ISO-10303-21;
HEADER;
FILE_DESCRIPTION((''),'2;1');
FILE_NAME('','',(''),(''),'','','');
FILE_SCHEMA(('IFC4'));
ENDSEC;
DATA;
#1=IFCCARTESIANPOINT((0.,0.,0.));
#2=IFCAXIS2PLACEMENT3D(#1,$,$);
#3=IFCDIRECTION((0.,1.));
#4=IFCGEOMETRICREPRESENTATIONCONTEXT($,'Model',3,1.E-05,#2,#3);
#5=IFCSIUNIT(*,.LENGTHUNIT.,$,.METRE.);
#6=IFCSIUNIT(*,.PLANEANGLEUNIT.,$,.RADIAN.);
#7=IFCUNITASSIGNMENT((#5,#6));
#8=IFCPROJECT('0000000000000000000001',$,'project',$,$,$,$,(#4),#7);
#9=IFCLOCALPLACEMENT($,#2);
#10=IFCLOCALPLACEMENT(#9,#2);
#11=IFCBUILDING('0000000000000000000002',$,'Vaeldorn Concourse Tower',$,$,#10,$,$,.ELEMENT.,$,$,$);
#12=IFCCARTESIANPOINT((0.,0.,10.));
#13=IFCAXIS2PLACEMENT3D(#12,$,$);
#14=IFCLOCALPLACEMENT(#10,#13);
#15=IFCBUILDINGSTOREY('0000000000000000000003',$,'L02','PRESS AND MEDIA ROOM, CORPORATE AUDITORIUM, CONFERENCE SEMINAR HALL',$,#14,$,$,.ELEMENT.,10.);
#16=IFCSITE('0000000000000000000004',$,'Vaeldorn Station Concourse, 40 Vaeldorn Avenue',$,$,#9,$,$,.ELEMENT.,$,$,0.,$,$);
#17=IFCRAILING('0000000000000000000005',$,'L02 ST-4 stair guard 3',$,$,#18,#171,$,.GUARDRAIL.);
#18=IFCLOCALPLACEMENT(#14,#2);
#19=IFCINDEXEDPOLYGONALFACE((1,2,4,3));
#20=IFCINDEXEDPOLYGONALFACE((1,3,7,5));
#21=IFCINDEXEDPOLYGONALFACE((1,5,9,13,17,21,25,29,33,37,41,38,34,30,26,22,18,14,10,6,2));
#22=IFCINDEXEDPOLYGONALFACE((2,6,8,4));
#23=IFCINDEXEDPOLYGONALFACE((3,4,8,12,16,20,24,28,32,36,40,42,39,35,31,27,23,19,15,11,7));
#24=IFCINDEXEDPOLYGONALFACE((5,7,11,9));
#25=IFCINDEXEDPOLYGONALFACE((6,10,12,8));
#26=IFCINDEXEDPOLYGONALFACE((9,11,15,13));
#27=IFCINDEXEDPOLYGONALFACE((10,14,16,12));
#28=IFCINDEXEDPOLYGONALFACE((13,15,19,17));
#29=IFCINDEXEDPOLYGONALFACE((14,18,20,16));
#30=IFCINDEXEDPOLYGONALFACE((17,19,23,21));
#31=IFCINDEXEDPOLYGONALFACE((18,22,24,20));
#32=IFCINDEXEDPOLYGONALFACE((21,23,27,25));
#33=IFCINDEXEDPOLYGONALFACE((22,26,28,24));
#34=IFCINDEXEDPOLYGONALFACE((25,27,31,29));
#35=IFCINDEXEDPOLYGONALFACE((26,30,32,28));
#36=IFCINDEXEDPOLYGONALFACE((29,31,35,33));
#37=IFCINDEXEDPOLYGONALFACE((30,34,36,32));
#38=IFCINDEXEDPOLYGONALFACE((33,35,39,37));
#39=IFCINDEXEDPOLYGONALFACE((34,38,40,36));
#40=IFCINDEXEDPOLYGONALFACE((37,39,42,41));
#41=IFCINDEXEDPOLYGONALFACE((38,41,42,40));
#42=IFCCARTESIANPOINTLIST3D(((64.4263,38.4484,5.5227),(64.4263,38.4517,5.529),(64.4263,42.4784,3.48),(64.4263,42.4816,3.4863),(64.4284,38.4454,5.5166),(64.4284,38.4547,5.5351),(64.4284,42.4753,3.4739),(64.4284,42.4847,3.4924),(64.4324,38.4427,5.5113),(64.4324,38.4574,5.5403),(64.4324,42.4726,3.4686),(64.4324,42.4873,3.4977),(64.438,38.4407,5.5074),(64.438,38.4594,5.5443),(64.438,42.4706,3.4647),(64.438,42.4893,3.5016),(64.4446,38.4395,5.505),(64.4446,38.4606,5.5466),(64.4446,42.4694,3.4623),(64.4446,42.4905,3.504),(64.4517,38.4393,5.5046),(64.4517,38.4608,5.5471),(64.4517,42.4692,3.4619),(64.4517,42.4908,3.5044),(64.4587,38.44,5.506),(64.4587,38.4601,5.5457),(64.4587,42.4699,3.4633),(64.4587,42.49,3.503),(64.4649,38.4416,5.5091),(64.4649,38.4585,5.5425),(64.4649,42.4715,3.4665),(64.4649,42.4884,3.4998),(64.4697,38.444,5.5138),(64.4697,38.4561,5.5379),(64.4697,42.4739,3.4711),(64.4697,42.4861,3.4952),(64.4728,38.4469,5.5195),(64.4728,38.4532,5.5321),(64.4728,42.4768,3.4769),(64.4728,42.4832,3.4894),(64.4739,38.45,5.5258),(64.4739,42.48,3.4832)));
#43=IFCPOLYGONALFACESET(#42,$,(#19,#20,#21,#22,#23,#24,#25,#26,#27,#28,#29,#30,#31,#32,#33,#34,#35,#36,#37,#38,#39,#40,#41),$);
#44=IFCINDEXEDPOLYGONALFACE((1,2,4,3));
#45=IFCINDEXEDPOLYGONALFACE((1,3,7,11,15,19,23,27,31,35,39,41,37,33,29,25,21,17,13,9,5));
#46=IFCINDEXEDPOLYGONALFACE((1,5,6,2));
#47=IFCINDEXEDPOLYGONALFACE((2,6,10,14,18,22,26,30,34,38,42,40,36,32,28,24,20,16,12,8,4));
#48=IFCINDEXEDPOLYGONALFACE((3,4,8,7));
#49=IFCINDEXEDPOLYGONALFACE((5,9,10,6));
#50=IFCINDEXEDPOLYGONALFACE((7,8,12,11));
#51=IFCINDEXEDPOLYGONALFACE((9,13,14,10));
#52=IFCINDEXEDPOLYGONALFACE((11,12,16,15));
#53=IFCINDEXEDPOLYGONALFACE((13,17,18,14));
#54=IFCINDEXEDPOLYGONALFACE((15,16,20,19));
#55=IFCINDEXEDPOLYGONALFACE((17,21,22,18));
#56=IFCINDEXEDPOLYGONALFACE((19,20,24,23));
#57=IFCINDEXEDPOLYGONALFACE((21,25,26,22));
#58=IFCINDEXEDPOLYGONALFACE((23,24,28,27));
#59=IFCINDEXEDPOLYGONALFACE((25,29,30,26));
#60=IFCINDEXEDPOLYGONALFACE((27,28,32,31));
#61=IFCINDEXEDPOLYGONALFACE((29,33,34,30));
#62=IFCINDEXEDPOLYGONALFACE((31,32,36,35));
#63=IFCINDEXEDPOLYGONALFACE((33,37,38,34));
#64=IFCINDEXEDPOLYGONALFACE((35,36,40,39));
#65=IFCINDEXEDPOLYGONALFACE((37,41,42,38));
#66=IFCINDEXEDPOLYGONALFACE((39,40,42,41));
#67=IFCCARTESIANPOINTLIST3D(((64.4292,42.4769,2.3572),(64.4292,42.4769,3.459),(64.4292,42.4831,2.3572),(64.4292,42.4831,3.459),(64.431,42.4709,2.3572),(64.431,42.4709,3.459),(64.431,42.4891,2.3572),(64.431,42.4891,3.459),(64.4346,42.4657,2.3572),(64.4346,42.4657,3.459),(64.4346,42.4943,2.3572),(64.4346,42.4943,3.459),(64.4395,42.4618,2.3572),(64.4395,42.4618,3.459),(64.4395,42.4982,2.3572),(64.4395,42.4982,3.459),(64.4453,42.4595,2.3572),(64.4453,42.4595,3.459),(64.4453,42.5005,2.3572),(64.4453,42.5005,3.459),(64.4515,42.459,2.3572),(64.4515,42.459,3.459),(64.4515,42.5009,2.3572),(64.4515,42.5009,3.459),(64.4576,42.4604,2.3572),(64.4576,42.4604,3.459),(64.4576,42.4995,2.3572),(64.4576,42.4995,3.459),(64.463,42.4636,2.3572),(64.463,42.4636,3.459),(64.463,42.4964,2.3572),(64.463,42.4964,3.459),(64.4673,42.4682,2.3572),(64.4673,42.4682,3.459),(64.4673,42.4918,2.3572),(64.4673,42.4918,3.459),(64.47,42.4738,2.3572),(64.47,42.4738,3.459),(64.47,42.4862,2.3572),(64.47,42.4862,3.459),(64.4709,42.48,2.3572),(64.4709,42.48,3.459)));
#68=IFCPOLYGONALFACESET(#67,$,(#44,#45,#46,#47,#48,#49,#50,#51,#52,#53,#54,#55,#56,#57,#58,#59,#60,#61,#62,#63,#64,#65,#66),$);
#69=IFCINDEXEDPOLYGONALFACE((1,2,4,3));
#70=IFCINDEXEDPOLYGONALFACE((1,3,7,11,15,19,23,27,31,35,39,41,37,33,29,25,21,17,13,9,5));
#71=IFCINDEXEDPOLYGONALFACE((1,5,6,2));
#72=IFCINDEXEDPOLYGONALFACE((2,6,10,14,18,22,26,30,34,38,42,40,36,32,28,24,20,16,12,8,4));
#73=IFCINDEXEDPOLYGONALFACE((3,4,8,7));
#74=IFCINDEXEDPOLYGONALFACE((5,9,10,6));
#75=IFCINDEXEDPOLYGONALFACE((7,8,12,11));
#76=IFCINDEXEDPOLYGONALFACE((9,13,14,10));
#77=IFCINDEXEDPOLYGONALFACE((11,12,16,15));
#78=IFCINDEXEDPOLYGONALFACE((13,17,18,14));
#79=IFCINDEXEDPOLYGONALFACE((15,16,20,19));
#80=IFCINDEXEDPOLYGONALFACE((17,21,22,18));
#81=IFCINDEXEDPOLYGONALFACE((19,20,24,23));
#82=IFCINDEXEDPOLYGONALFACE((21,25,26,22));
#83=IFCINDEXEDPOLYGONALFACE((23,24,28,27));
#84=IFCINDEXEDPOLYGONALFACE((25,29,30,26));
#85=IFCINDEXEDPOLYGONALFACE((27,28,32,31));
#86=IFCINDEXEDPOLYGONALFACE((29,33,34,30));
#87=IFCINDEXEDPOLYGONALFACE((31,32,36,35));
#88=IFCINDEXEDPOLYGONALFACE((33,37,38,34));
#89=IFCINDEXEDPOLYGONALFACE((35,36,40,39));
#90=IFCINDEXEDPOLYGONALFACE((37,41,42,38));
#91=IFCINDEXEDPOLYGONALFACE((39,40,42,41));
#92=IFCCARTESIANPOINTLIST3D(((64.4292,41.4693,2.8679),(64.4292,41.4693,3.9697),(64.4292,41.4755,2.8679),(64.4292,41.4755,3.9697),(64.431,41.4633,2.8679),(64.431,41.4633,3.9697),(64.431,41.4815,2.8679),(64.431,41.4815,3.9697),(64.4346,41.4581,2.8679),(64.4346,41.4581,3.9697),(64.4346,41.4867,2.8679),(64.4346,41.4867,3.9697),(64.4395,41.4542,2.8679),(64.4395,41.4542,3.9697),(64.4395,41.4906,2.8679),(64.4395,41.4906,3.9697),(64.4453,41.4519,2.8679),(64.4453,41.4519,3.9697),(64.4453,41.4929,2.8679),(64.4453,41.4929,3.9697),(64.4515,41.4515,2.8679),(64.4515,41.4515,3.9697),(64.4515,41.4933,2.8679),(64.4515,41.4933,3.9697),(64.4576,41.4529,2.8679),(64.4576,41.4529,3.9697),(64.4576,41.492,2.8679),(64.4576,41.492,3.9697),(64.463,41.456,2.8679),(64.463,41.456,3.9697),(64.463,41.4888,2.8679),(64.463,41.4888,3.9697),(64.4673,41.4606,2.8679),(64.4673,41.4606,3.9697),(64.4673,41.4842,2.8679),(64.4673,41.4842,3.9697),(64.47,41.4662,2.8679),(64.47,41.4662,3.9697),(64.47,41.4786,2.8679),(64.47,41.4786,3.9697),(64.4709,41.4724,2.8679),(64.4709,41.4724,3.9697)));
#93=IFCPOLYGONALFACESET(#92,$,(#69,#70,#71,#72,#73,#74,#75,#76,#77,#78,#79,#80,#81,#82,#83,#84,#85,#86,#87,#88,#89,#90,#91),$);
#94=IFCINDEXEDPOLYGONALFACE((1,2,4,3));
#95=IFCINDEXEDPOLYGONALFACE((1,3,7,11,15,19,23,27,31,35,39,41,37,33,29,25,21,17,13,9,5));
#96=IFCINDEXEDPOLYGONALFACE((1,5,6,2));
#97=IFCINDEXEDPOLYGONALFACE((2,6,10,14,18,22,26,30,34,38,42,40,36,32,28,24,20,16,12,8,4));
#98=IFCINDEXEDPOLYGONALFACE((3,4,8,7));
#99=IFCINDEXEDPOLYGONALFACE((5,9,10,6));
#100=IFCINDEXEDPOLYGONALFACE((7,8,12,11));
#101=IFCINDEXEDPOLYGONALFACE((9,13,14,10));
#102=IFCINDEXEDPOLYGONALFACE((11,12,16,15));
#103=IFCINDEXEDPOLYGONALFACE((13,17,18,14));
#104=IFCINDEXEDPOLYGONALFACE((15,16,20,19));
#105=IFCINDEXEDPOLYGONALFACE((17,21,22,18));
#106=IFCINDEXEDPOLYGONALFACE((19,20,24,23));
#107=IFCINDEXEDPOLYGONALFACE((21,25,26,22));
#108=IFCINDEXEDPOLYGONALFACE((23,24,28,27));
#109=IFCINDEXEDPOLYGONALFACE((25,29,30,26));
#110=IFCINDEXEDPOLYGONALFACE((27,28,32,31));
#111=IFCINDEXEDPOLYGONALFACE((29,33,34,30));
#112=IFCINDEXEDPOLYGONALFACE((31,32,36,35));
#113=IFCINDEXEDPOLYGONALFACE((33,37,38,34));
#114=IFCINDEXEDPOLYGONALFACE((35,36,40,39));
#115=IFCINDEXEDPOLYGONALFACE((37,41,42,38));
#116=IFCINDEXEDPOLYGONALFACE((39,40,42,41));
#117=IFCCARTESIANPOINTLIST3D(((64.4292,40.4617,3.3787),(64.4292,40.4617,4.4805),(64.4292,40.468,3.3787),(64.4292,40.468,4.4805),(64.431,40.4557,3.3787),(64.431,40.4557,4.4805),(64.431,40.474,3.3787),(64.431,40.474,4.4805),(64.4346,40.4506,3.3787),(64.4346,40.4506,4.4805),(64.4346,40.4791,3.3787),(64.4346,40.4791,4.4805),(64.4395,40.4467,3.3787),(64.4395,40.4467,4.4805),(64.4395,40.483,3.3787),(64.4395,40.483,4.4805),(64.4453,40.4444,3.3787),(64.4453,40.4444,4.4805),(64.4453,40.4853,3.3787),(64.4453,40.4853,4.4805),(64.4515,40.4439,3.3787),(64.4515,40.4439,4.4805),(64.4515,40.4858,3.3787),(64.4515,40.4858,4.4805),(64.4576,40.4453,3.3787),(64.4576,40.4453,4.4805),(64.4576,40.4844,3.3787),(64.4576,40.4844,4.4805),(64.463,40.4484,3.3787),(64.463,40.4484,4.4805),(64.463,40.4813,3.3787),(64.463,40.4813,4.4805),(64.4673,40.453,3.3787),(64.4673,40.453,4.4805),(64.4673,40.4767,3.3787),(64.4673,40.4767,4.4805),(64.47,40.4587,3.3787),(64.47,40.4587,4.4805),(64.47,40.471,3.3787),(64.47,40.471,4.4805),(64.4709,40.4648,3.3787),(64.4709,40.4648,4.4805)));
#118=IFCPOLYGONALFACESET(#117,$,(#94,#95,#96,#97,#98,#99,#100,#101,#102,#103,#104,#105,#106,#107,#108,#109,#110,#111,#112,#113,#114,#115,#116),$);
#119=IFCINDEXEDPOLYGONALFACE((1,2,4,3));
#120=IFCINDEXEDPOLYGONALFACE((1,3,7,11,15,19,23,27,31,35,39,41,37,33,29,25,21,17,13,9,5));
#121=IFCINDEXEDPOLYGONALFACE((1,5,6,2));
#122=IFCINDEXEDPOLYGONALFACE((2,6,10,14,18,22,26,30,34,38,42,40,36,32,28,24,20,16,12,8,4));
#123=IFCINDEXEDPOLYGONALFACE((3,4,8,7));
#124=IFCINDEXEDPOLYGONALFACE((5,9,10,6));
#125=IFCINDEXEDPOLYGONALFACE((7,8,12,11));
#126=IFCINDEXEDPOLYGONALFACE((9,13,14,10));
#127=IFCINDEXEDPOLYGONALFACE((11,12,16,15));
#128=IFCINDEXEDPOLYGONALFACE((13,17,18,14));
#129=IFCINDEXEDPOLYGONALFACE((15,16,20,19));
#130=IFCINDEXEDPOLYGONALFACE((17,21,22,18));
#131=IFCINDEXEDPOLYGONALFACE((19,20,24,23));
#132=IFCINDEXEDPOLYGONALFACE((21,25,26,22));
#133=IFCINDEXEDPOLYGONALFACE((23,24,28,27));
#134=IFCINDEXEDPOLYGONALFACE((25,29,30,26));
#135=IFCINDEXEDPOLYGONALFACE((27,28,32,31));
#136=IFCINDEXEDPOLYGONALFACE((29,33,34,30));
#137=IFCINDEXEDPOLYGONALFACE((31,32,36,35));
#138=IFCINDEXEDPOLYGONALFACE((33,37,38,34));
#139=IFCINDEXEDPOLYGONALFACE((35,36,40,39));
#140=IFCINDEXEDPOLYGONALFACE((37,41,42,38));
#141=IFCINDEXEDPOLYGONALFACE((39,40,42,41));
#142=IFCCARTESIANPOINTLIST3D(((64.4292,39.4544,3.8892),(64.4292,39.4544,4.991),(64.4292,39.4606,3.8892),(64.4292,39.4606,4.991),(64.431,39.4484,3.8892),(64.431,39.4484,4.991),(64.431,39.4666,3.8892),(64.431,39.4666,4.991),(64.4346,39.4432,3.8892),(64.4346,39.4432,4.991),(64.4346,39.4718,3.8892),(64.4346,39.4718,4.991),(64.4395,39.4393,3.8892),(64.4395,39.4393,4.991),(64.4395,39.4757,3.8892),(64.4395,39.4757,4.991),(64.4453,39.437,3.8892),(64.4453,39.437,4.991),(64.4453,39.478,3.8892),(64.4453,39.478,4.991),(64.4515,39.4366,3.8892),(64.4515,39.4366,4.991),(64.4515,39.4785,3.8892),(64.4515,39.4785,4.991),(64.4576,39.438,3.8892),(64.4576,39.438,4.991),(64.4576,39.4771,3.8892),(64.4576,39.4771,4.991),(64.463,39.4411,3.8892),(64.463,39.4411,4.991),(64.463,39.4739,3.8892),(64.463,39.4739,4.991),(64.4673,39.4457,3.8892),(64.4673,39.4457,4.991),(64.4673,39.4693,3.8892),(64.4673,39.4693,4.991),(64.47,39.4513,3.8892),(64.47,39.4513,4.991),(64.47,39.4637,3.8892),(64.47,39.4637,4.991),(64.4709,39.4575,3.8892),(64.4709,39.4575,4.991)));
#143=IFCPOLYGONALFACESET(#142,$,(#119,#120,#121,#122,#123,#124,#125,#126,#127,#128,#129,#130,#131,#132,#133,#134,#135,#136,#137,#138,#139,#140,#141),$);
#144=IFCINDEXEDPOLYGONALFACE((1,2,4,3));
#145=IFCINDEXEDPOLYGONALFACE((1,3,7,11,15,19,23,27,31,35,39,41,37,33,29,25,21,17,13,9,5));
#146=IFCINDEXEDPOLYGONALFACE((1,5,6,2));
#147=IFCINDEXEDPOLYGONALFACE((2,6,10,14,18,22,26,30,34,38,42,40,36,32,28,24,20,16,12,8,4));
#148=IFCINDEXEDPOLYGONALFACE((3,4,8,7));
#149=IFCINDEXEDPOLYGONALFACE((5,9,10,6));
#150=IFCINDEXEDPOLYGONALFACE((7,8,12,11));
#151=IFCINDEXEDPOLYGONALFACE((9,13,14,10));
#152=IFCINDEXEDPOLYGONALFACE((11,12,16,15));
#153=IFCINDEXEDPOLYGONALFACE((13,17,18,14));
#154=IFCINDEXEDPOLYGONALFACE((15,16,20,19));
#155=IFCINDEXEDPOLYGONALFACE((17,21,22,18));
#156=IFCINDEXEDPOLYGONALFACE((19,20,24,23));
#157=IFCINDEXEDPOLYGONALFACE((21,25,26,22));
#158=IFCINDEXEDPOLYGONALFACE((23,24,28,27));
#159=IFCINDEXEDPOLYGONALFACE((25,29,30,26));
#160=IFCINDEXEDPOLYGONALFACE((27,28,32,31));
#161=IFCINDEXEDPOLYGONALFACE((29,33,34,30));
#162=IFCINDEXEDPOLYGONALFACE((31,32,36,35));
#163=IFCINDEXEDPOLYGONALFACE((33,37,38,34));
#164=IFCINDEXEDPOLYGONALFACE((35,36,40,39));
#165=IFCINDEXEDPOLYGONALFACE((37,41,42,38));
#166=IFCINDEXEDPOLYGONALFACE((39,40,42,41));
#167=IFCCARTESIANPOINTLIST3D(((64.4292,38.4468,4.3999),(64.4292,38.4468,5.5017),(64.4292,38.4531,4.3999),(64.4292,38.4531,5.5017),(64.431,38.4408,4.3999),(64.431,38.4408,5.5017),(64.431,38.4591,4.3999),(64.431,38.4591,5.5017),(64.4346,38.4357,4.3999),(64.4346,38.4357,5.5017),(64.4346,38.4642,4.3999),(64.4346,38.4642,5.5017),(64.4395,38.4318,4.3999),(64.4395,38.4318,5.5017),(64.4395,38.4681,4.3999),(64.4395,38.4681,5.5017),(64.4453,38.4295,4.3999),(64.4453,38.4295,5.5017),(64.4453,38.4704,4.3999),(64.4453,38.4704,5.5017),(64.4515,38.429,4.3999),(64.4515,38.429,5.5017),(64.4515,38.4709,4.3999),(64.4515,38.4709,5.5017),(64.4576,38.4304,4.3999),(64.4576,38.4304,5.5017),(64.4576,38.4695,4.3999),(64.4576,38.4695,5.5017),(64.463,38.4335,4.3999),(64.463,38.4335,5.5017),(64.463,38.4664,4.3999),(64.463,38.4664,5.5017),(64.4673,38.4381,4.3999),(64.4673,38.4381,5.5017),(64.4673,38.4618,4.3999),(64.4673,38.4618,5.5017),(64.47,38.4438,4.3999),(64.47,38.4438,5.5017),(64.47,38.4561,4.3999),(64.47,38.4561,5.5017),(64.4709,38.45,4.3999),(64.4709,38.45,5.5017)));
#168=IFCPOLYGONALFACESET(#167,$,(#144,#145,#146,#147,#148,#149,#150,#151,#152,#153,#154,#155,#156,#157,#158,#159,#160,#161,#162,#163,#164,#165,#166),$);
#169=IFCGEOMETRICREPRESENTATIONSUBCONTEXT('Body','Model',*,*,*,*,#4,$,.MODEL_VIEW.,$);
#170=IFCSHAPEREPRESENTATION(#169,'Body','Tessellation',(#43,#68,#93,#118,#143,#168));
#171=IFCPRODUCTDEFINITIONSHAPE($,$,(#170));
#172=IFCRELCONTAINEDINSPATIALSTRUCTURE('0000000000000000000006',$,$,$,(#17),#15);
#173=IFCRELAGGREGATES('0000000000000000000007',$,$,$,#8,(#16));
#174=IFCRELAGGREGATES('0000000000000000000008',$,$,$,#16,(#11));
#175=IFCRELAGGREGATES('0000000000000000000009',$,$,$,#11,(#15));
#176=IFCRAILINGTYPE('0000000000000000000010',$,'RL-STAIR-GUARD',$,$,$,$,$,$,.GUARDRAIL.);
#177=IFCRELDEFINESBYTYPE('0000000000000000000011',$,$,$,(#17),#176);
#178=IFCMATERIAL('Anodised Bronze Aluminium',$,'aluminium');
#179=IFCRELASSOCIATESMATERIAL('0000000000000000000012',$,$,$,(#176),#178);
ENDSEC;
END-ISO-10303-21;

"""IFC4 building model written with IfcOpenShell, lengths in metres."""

from ifc_helpers import new_model, si_unit, direction, frame, origin, origin_2d, place, context, subcontext, project, spatial, circle, extrude, material, type_object, element, save


model = new_model("IFC4")

# Units and contexts
model_context = context("Model", 3, precision=1e-05, world=origin(), true_north=direction((0.0, 1.0)))
body_context = subcontext(model_context, "Body", "Model", "MODEL_VIEW")
ifc_project = project(units=[si_unit("LENGTHUNIT", "METRE"), si_unit("PLANEANGLEUNIT", "RADIAN")], contexts=[model_context])

# Site, building, storey
site_placement = place(None, origin())
site = spatial("IfcSite", under=ifc_project, at=site_placement, Name="Vaeldorn Station Concourse, 40 Vaeldorn Avenue", CompositionType="ELEMENT", RefElevation=0.0)
building_placement = place(site_placement, origin())
building = spatial("IfcBuilding", under=site, at=building_placement, Name="Vaeldorn Concourse Tower", CompositionType="ELEMENT")
storey_placement = place(building_placement, frame((0.0, 0.0, 10.0)))
storey = spatial("IfcBuildingStorey", under=building, at=storey_placement, Name="L02", Description="PRESS AND MEDIA ROOM, CORPORATE AUDITORIUM, CONFERENCE SEMINAR HALL", CompositionType="ELEMENT", Elevation=10.0)

# Shared definitions
ifc_material_1 = material(Name="Anodised Bronze Aluminium", Category="aluminium")

# Railing
railing_type_1 = type_object("IfcRailingType", Name="RL-STAIR-GUARD", PredefinedType="GUARDRAIL", material=ifc_material_1)
railing_1_placement = place(storey_placement, frame((64.45, 42.48, 2.3572)))
element("IfcRailing", 1, at=railing_1_placement, inside=storey, type_object=railing_type_1, Name="L02 ST-4 stair guard 3", PredefinedType="GUARDRAIL", context=body_context, shape_type="SweptSolid", body=[
    extrude(circle(Radius=0.0239, at=origin_2d()), frame((0.0, 0.0, 1.126), z_axis=(0.0, -0.891961, 0.452113), x_axis=(1.0, 0.0, 0.0)), (0.0, 0.0, 1.0), 4.5181),
    extrude(circle(Radius=0.021, at=origin_2d()), origin(), (0.0, 0.0, 1.0), 1.1018),
    extrude(circle(Radius=0.021, at=origin_2d()), frame((0.0, -1.0076, 0.5107)), (0.0, 0.0, 1.0), 1.1018),
    extrude(circle(Radius=0.021, at=origin_2d()), frame((0.0, -2.0151, 1.0215)), (0.0, 0.0, 1.0), 1.1018),
    extrude(circle(Radius=0.021, at=origin_2d()), frame((0.0, -3.0225, 1.532)), (0.0, 0.0, 1.0), 1.1018),
    extrude(circle(Radius=0.021, at=origin_2d()), frame((0.0, -4.03, 2.0427)), (0.0, 0.0, 1.0), 1.1018),
])

save(model, "model.ifc")
